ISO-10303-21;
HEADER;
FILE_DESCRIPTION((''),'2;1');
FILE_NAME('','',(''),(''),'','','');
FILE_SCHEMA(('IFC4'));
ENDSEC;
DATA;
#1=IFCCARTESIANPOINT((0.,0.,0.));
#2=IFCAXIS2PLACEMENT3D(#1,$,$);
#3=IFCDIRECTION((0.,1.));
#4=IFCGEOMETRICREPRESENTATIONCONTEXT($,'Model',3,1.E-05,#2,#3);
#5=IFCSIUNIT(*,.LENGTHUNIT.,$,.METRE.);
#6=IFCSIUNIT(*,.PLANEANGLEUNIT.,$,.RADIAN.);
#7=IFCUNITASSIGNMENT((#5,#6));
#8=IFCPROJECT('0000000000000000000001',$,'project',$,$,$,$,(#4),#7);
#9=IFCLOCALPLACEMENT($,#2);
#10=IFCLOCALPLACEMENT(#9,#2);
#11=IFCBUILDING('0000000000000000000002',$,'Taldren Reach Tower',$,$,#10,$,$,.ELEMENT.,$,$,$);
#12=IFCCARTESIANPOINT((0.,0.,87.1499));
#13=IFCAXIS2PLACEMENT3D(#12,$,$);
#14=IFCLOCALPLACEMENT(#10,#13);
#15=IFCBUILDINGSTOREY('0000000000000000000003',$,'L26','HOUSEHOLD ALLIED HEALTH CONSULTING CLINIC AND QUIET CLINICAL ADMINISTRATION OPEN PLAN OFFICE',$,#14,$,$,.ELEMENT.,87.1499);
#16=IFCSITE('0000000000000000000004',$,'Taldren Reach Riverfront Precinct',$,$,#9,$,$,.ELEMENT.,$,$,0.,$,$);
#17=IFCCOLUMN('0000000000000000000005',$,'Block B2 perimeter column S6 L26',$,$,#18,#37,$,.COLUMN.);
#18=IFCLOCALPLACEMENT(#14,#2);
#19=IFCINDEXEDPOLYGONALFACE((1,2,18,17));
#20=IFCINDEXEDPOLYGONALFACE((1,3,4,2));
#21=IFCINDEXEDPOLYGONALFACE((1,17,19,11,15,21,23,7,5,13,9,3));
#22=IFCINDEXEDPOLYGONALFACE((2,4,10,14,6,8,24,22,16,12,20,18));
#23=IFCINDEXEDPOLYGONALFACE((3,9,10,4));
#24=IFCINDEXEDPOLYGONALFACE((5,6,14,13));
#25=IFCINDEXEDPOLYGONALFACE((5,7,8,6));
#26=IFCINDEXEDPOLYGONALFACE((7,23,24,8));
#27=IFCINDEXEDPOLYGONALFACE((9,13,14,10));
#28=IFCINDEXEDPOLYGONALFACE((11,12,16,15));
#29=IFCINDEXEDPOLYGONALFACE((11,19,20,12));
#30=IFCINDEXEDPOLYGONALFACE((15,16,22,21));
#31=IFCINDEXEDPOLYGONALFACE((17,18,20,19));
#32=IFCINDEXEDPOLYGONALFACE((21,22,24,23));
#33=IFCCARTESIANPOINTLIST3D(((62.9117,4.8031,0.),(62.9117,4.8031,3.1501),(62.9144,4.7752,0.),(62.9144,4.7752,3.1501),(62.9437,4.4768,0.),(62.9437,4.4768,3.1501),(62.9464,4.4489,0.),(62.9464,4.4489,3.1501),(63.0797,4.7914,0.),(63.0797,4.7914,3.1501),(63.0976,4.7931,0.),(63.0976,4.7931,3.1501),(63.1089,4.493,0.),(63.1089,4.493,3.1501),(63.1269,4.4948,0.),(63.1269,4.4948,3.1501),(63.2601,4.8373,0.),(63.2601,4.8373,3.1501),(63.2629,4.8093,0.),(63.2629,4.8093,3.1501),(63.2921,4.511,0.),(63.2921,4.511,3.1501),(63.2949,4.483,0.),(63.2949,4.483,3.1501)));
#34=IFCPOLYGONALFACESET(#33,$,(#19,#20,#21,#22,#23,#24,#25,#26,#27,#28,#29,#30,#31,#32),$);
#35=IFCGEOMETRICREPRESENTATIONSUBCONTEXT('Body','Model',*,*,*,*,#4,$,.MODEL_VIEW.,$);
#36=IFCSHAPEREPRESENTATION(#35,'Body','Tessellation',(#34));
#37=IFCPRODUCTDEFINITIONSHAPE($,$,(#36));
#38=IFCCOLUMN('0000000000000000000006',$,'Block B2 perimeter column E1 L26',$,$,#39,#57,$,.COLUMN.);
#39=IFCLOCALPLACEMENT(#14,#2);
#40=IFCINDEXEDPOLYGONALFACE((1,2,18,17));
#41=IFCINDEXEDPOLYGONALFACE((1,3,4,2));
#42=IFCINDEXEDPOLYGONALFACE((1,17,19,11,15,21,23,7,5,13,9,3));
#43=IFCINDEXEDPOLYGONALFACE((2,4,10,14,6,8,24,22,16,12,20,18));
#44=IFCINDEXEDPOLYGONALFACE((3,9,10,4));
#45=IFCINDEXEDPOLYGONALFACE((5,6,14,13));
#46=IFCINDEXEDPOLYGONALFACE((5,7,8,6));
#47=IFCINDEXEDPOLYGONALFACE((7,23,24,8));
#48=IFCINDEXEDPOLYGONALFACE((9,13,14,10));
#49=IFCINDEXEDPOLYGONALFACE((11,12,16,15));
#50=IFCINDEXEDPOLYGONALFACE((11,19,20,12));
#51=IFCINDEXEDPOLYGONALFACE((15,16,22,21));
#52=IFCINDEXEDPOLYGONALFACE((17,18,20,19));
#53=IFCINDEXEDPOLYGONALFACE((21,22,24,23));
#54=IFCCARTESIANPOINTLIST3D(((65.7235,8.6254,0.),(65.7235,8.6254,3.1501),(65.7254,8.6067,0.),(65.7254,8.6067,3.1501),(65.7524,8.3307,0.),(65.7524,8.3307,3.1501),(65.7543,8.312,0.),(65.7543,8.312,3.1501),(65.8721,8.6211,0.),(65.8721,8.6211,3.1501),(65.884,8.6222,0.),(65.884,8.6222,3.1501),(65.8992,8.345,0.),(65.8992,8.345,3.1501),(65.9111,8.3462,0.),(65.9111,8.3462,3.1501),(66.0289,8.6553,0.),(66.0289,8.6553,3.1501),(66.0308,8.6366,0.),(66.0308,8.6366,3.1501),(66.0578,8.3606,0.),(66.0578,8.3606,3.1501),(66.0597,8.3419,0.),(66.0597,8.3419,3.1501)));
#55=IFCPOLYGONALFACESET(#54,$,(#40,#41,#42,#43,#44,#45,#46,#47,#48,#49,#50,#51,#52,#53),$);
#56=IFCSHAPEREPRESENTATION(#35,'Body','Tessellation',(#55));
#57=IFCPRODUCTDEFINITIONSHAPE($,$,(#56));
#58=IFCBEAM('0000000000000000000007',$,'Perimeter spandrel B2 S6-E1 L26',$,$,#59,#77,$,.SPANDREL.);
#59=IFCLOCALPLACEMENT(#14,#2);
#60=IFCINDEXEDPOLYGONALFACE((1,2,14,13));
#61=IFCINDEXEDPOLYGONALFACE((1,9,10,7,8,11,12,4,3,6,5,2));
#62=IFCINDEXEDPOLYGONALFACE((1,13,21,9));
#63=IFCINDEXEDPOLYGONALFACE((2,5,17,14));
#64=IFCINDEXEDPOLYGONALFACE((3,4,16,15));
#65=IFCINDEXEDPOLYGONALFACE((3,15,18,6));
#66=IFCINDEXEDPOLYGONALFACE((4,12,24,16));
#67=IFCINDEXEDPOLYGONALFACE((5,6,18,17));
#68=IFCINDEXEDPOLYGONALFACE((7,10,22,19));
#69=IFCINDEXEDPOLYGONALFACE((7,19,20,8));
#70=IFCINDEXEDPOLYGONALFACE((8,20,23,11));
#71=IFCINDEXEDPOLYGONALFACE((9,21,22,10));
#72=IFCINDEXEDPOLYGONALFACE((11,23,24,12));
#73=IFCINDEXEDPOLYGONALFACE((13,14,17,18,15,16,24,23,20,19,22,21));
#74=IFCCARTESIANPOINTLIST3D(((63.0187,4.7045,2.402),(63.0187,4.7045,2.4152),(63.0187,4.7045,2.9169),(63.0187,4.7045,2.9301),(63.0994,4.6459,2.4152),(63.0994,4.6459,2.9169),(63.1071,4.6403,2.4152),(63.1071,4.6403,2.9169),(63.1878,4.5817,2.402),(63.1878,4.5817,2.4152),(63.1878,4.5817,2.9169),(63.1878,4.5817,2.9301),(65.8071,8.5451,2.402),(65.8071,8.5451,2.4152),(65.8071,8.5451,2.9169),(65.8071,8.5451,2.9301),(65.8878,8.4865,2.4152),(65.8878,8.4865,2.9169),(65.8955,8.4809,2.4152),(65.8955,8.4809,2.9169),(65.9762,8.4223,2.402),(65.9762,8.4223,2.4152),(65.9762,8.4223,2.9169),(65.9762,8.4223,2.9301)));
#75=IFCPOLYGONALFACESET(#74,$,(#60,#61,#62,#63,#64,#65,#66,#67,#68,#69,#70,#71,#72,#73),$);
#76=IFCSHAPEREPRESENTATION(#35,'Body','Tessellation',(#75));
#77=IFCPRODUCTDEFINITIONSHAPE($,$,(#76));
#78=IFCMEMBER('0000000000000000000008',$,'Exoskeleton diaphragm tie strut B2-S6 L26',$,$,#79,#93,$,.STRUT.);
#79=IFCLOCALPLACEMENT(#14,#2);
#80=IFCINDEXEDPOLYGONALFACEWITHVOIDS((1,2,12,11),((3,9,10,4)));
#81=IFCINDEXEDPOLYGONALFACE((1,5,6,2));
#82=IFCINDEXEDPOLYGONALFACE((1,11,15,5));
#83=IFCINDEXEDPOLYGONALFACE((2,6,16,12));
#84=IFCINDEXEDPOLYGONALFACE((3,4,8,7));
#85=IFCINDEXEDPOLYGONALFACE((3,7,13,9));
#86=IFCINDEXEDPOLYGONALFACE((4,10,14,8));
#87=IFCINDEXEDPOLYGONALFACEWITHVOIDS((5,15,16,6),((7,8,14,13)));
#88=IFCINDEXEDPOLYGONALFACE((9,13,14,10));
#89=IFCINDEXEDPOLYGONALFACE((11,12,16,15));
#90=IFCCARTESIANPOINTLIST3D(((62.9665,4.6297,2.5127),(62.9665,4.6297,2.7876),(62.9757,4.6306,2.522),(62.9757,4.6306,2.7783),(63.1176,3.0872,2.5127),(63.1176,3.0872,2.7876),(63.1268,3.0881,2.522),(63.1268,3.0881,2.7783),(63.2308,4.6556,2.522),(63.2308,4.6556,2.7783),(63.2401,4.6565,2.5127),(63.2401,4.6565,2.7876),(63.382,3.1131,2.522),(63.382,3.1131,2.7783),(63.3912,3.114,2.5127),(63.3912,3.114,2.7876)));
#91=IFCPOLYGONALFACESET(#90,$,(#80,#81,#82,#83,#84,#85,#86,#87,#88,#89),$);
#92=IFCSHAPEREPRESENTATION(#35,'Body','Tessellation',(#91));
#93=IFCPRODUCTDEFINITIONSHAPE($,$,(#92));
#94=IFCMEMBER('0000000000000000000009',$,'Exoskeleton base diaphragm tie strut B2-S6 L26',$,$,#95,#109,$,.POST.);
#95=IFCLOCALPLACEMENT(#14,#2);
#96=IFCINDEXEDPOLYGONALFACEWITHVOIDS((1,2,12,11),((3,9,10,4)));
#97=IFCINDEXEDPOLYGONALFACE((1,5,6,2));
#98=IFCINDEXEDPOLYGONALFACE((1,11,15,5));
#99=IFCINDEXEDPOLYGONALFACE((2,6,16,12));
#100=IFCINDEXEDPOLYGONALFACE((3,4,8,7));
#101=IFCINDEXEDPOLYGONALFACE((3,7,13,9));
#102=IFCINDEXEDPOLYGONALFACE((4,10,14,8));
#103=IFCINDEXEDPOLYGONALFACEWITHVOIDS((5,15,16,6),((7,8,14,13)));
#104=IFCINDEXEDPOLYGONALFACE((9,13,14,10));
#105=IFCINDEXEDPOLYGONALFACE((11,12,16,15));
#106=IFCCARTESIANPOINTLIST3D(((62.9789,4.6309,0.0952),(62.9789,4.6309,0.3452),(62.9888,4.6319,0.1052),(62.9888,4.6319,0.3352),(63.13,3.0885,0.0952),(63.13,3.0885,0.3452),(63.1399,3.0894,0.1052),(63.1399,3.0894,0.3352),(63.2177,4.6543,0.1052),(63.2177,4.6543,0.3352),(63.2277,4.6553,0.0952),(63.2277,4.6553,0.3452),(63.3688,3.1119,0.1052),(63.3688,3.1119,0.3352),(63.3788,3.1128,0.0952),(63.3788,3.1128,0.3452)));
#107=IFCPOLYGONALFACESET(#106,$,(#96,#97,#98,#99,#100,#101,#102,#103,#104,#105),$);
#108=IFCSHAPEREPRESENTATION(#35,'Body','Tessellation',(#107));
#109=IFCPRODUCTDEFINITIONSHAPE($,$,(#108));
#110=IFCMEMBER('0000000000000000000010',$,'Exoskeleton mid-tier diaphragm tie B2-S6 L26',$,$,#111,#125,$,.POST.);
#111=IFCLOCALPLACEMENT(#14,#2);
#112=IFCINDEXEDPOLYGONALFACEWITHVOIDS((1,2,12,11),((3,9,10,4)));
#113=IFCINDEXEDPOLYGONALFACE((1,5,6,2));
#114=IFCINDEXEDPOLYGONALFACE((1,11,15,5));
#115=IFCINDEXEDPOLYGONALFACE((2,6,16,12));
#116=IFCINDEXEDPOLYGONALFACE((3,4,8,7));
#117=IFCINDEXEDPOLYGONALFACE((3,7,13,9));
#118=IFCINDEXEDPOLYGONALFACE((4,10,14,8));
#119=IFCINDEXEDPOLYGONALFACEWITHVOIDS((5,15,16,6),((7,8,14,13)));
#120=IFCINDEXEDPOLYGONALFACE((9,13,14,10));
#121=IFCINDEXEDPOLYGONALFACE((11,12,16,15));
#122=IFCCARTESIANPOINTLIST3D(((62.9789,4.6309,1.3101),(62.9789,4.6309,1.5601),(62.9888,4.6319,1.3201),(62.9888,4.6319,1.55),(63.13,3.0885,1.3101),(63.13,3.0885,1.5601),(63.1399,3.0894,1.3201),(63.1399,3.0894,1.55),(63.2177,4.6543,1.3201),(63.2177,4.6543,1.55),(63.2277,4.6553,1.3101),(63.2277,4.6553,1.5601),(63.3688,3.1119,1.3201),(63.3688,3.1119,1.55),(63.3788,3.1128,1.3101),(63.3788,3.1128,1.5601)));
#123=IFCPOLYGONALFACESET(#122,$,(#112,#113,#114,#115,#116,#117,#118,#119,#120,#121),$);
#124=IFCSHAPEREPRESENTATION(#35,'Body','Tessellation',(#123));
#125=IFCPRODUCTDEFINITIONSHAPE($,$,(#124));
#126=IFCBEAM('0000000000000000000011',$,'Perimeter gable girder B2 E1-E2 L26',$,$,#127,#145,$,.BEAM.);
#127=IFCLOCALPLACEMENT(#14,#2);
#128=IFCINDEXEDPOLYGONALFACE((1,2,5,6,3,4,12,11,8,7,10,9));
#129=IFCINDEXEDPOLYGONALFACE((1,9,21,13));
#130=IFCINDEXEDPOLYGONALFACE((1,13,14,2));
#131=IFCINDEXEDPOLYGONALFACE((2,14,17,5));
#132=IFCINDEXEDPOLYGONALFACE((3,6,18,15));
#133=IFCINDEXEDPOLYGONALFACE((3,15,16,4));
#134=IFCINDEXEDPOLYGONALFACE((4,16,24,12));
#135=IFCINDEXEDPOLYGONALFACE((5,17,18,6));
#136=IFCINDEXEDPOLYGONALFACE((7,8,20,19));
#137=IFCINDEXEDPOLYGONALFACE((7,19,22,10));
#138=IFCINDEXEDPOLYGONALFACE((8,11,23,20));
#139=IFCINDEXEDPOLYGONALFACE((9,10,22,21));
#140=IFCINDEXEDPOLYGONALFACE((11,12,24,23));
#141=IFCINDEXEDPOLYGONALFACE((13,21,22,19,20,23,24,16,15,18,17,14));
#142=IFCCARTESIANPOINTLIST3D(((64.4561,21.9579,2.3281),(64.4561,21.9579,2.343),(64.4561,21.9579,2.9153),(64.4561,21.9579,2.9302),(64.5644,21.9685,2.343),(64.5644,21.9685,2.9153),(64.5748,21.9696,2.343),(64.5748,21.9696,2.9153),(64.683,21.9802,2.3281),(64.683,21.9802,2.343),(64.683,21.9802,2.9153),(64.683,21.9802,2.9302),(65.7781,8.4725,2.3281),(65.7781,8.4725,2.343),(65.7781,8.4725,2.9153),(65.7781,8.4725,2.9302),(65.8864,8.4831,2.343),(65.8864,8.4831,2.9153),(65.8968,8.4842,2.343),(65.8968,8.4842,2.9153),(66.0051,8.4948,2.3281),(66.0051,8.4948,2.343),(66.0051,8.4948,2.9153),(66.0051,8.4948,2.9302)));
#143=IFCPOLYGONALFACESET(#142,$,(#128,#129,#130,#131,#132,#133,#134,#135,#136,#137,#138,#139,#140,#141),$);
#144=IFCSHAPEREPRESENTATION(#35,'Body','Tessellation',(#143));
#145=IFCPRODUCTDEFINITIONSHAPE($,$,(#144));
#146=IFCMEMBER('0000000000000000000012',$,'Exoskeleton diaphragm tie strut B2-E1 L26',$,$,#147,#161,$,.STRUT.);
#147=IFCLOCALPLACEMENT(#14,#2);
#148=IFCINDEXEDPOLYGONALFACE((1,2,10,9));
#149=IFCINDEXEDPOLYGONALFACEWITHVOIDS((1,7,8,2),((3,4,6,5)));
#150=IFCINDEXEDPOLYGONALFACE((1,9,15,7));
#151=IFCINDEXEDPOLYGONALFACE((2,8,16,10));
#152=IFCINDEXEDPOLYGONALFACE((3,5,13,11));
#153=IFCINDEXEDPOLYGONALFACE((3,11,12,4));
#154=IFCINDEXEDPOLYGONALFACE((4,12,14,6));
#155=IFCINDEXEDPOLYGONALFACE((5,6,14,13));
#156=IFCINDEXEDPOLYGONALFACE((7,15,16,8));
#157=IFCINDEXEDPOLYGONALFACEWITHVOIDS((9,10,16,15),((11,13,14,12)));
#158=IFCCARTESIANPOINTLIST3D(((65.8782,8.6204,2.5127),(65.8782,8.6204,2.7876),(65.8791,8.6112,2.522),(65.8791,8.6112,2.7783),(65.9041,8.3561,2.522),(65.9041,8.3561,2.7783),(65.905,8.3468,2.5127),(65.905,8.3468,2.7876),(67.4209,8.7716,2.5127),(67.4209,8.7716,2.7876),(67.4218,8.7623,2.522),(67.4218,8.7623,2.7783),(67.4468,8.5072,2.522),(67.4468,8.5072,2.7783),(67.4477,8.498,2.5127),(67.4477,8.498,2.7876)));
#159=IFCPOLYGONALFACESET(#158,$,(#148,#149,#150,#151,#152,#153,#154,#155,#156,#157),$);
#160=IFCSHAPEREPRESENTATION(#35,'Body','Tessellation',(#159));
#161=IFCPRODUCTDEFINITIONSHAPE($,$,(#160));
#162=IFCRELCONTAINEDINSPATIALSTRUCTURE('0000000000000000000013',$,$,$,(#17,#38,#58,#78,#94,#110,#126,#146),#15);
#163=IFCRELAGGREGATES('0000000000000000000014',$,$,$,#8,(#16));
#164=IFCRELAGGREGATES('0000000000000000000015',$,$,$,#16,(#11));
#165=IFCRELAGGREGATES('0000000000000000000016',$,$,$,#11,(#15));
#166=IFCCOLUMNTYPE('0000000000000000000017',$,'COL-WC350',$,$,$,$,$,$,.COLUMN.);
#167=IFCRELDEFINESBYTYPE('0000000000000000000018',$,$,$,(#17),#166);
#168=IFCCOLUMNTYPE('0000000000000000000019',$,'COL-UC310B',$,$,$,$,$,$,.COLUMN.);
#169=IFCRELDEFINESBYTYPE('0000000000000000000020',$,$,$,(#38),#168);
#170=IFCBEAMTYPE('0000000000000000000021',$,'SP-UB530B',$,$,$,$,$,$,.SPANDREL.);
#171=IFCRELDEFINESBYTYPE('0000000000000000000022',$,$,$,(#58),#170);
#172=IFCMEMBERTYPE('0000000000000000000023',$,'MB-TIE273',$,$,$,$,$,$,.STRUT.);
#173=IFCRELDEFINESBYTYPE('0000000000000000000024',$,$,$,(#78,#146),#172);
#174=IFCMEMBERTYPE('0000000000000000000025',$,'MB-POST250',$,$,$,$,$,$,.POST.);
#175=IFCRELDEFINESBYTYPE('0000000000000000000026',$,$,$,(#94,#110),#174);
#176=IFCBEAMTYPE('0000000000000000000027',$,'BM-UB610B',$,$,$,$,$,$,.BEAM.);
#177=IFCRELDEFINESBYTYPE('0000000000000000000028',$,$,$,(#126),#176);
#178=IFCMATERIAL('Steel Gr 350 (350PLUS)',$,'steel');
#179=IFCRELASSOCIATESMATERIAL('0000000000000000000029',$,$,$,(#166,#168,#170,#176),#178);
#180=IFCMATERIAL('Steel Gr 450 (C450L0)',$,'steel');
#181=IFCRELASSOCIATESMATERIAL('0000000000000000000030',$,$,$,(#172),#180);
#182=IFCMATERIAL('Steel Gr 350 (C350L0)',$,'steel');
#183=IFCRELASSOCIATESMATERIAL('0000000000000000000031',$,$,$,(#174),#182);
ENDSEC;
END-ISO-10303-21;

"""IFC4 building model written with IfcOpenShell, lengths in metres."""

from ifc_helpers import new_model, si_unit, direction, frame, origin, origin_2d, place, context, subcontext, project, spatial, hollow_rectangle, i_section, extrude, source, transform, mapped, material, material_profile, profile_set, type_object, element, save


model = new_model("IFC4")

# Units and contexts
model_context = context("Model", 3, precision=1e-05, world=origin(), true_north=direction((0.0, 1.0)))
body_context = subcontext(model_context, "Body", "Model", "MODEL_VIEW")
ifc_project = project(units=[si_unit("LENGTHUNIT", "METRE"), si_unit("PLANEANGLEUNIT", "RADIAN")], contexts=[model_context])

# Site, building, storey
site_placement = place(None, origin())
site = spatial("IfcSite", under=ifc_project, at=site_placement, Name="Taldren Reach Riverfront Precinct", CompositionType="ELEMENT", RefElevation=0.0)
building_placement = place(site_placement, origin())
building = spatial("IfcBuilding", under=site, at=building_placement, Name="Taldren Reach Tower", CompositionType="ELEMENT")
storey_placement = place(building_placement, frame((0.0, 0.0, 87.1499)))
storey = spatial("IfcBuildingStorey", under=building, at=storey_placement, Name="L26", Description="HOUSEHOLD ALLIED HEALTH CONSULTING CLINIC AND QUIET CLINICAL ADMINISTRATION OPEN PLAN OFFICE", CompositionType="ELEMENT", Elevation=87.1499)

# Columns
ifc_material_1 = material(Name="Steel Gr 350 (350PLUS)", Category="steel")
ifc_material_profile_1 = material_profile(ifc_material_1, i_section(OverallWidth=0.3501, OverallDepth=0.356, WebThickness=0.0181, FlangeThickness=0.0281, at=origin_2d()), Name="350WC197")
ifc_profile_set_1 = profile_set([ifc_material_profile_1], Name="Steel Gr 350 (350PLUS)")
column_type_1 = type_object("IfcColumnType", Name="COL-WC350", PredefinedType="COLUMN", material=ifc_profile_set_1)
shared_shape_1 = source(origin(), body_context, "Body", "SweptSolid", [
    extrude(i_section(OverallWidth=0.3501, OverallDepth=0.356, WebThickness=0.0181, FlangeThickness=0.0281, at=origin_2d()), origin(), (0.0, 0.0, 1.0), 3.1501),
])
column_1_placement = place(storey_placement, frame((63.1033, 4.6431, 0.0), z_axis=(0.0, 0.0, 1.0), x_axis=(0.995227, 0.097583, 0.0)))
element("IfcColumn", 1, at=column_1_placement, inside=storey, type_object=column_type_1, Name="Block B2 perimeter column S6 L26", PredefinedType="COLUMN", context=body_context, shape_type="MappedRepresentation", body=[
    mapped(shared_shape_1, transform((0.0, 0.0, 0.0), scale=1.0)),
])
ifc_material_profile_2 = material_profile(ifc_material_1, i_section(OverallWidth=0.3069, OverallDepth=0.3149, WebThickness=0.012, FlangeThickness=0.0188, at=origin_2d()), Name="310UC118")
ifc_profile_set_2 = profile_set([ifc_material_profile_2], Name="Steel Gr 350 (350PLUS)")
column_type_2 = type_object("IfcColumnType", Name="COL-UC310B", PredefinedType="COLUMN", material=ifc_profile_set_2)
shared_shape_2 = source(origin(), body_context, "Body", "SweptSolid", [
    extrude(i_section(OverallWidth=0.3069, OverallDepth=0.3149, WebThickness=0.012, FlangeThickness=0.0188, at=origin_2d()), origin(), (0.0, 0.0, 1.0), 3.1501),
])
column_2_placement = place(storey_placement, frame((65.8916, 8.4836, 0.0), z_axis=(0.0, 0.0, 1.0), x_axis=(0.995227, 0.097583, 0.0)))
element("IfcColumn", 2, at=column_2_placement, inside=storey, type_object=column_type_2, Name="Block B2 perimeter column E1 L26", PredefinedType="COLUMN", context=body_context, shape_type="MappedRepresentation", body=[
    mapped(shared_shape_2, transform((0.0, 0.0, 0.0), scale=1.0)),
])

# Beam
ifc_material_profile_3 = material_profile(ifc_material_1, i_section(OverallWidth=0.209, OverallDepth=0.5281, WebThickness=0.0095, FlangeThickness=0.0132, at=origin_2d()), Name="530UB82.0")
ifc_profile_set_3 = profile_set([ifc_material_profile_3], Name="Steel Gr 350 (350PLUS)")
beam_type_1 = type_object("IfcBeamType", Name="SP-UB530B", PredefinedType="SPANDREL", material=ifc_profile_set_3)
shared_shape_3 = source(origin(), body_context, "Body", "SweptSolid", [
    extrude(i_section(OverallWidth=0.209, OverallDepth=0.5281, WebThickness=0.0095, FlangeThickness=0.0132, at=origin_2d()), origin(), (0.0, 0.0, 1.0), 4.7461),
])
beam_1_placement = place(storey_placement, frame((63.1033, 4.6431, 2.666), z_axis=(0.587508, 0.809219, 0.0), x_axis=(-0.809219, 0.587508, 0.0)))
element("IfcBeam", 3, at=beam_1_placement, inside=storey, type_object=beam_type_1, Name="Perimeter spandrel B2 S6-E1 L26", PredefinedType="SPANDREL", context=body_context, shape_type="MappedRepresentation", body=[
    mapped(shared_shape_3, transform((0.0, 0.0, 0.0), scale=1.0)),
])

# Members
ifc_material_2 = material(Name="Steel Gr 450 (C450L0)", Category="steel")
ifc_material_profile_4 = material_profile(ifc_material_2, hollow_rectangle(XDim=0.2749, YDim=0.2749, WallThickness=0.0093, at=origin_2d()), Name="275x275x9.3SHS")
ifc_profile_set_4 = profile_set([ifc_material_profile_4], Name="Steel Gr 450 (C450L0)")
member_type_1 = type_object("IfcMemberType", Name="MB-TIE273", PredefinedType="STRUT", material=ifc_profile_set_4)
shared_shape_4 = source(origin(), body_context, "Body", "SweptSolid", [
    extrude(hollow_rectangle(XDim=0.2749, YDim=0.2749, WallThickness=0.0093, at=origin_2d()), origin(), (0.0, 0.0, 1.0), 1.5498),
])
member_1_placement = place(storey_placement, frame((63.1033, 4.6431, 2.6501), z_axis=(0.097507, -0.995235, 0.0), x_axis=(0.995235, 0.097507, 0.0)))
element("IfcMember", 4, at=member_1_placement, inside=storey, type_object=member_type_1, Name="Exoskeleton diaphragm tie strut B2-S6 L26", PredefinedType="STRUT", context=body_context, shape_type="MappedRepresentation", body=[
    mapped(shared_shape_4, transform((0.0, 0.0, 0.0), scale=1.0)),
])
ifc_material_3 = material(Name="Steel Gr 350 (C350L0)", Category="steel")
ifc_material_profile_5 = material_profile(ifc_material_3, hollow_rectangle(XDim=0.25, YDim=0.25, WallThickness=0.01, at=origin_2d()), Name="250x250x10.0SHS")
ifc_profile_set_5 = profile_set([ifc_material_profile_5], Name="Steel Gr 350 (C350L0)")
member_type_2 = type_object("IfcMemberType", Name="MB-POST250", PredefinedType="POST", material=ifc_profile_set_5)
shared_shape_5 = source(origin(), body_context, "Body", "SweptSolid", [
    extrude(hollow_rectangle(XDim=0.25, YDim=0.25, WallThickness=0.01, at=origin_2d()), origin(), (0.0, 0.0, 1.0), 1.5498),
])
for number, where, z_axis, x_axis, name in (
    (5, (63.1033, 4.6431, 0.2202), (0.097507, -0.995235, 0.0), (0.995235, 0.097507, 0.0), "Exoskeleton base diaphragm tie strut B2-S6 L26"),
    (6, (63.1033, 4.6431, 1.4351), (0.097507, -0.995235, 0.0), (0.995235, 0.097507, 0.0), "Exoskeleton mid-tier diaphragm tie B2-S6 L26"),
):
    element("IfcMember", number, at=place(storey_placement, frame(where, z_axis=z_axis, x_axis=x_axis)), inside=storey, type_object=member_type_2, Name=name, PredefinedType="POST", context=body_context, shape_type="MappedRepresentation", body=[
        mapped(shared_shape_5, transform((0.0, 0.0, 0.0), scale=1.0)),
    ])

# Beam
ifc_material_profile_6 = material_profile(ifc_material_1, i_section(OverallWidth=0.228, OverallDepth=0.6021, WebThickness=0.0105, FlangeThickness=0.0149, at=origin_2d()), Name="610UB101")
ifc_profile_set_6 = profile_set([ifc_material_profile_6], Name="Steel Gr 350 (350PLUS)")
beam_type_2 = type_object("IfcBeamType", Name="BM-UB610B", PredefinedType="BEAM", material=ifc_profile_set_6)
shared_shape_6 = source(origin(), body_context, "Body", "SweptSolid", [
    extrude(i_section(OverallWidth=0.228, OverallDepth=0.6021, WebThickness=0.0105, FlangeThickness=0.0149, at=origin_2d()), origin(), (0.0, 0.0, 1.0), 13.55),
])
beam_2_placement = place(storey_placement, frame((65.8916, 8.4836, 2.6292), z_axis=(-0.097566, 0.995229, 0.0), x_axis=(-0.995229, -0.097566, 0.0)))
element("IfcBeam", 7, at=beam_2_placement, inside=storey, type_object=beam_type_2, Name="Perimeter gable girder B2 E1-E2 L26", PredefinedType="BEAM", context=body_context, shape_type="MappedRepresentation", body=[
    mapped(shared_shape_6, transform((0.0, 0.0, 0.0), scale=1.0)),
])

# Member
shared_shape_7 = source(origin(), body_context, "Body", "SweptSolid", [
    extrude(hollow_rectangle(XDim=0.2749, YDim=0.2749, WallThickness=0.0093, at=origin_2d()), origin(), (0.0, 0.0, 1.0), 1.55),
])
member_2_placement = place(storey_placement, frame((65.8916, 8.4836, 2.6501), z_axis=(0.995236, 0.097492, 0.0), x_axis=(-0.097492, 0.995236, 0.0)))
element("IfcMember", 8, at=member_2_placement, inside=storey, type_object=member_type_1, Name="Exoskeleton diaphragm tie strut B2-E1 L26", PredefinedType="STRUT", context=body_context, shape_type="MappedRepresentation", body=[
    mapped(shared_shape_7, transform((0.0, 0.0, 0.0), scale=1.0)),
])

save(model, "model.ifc")
